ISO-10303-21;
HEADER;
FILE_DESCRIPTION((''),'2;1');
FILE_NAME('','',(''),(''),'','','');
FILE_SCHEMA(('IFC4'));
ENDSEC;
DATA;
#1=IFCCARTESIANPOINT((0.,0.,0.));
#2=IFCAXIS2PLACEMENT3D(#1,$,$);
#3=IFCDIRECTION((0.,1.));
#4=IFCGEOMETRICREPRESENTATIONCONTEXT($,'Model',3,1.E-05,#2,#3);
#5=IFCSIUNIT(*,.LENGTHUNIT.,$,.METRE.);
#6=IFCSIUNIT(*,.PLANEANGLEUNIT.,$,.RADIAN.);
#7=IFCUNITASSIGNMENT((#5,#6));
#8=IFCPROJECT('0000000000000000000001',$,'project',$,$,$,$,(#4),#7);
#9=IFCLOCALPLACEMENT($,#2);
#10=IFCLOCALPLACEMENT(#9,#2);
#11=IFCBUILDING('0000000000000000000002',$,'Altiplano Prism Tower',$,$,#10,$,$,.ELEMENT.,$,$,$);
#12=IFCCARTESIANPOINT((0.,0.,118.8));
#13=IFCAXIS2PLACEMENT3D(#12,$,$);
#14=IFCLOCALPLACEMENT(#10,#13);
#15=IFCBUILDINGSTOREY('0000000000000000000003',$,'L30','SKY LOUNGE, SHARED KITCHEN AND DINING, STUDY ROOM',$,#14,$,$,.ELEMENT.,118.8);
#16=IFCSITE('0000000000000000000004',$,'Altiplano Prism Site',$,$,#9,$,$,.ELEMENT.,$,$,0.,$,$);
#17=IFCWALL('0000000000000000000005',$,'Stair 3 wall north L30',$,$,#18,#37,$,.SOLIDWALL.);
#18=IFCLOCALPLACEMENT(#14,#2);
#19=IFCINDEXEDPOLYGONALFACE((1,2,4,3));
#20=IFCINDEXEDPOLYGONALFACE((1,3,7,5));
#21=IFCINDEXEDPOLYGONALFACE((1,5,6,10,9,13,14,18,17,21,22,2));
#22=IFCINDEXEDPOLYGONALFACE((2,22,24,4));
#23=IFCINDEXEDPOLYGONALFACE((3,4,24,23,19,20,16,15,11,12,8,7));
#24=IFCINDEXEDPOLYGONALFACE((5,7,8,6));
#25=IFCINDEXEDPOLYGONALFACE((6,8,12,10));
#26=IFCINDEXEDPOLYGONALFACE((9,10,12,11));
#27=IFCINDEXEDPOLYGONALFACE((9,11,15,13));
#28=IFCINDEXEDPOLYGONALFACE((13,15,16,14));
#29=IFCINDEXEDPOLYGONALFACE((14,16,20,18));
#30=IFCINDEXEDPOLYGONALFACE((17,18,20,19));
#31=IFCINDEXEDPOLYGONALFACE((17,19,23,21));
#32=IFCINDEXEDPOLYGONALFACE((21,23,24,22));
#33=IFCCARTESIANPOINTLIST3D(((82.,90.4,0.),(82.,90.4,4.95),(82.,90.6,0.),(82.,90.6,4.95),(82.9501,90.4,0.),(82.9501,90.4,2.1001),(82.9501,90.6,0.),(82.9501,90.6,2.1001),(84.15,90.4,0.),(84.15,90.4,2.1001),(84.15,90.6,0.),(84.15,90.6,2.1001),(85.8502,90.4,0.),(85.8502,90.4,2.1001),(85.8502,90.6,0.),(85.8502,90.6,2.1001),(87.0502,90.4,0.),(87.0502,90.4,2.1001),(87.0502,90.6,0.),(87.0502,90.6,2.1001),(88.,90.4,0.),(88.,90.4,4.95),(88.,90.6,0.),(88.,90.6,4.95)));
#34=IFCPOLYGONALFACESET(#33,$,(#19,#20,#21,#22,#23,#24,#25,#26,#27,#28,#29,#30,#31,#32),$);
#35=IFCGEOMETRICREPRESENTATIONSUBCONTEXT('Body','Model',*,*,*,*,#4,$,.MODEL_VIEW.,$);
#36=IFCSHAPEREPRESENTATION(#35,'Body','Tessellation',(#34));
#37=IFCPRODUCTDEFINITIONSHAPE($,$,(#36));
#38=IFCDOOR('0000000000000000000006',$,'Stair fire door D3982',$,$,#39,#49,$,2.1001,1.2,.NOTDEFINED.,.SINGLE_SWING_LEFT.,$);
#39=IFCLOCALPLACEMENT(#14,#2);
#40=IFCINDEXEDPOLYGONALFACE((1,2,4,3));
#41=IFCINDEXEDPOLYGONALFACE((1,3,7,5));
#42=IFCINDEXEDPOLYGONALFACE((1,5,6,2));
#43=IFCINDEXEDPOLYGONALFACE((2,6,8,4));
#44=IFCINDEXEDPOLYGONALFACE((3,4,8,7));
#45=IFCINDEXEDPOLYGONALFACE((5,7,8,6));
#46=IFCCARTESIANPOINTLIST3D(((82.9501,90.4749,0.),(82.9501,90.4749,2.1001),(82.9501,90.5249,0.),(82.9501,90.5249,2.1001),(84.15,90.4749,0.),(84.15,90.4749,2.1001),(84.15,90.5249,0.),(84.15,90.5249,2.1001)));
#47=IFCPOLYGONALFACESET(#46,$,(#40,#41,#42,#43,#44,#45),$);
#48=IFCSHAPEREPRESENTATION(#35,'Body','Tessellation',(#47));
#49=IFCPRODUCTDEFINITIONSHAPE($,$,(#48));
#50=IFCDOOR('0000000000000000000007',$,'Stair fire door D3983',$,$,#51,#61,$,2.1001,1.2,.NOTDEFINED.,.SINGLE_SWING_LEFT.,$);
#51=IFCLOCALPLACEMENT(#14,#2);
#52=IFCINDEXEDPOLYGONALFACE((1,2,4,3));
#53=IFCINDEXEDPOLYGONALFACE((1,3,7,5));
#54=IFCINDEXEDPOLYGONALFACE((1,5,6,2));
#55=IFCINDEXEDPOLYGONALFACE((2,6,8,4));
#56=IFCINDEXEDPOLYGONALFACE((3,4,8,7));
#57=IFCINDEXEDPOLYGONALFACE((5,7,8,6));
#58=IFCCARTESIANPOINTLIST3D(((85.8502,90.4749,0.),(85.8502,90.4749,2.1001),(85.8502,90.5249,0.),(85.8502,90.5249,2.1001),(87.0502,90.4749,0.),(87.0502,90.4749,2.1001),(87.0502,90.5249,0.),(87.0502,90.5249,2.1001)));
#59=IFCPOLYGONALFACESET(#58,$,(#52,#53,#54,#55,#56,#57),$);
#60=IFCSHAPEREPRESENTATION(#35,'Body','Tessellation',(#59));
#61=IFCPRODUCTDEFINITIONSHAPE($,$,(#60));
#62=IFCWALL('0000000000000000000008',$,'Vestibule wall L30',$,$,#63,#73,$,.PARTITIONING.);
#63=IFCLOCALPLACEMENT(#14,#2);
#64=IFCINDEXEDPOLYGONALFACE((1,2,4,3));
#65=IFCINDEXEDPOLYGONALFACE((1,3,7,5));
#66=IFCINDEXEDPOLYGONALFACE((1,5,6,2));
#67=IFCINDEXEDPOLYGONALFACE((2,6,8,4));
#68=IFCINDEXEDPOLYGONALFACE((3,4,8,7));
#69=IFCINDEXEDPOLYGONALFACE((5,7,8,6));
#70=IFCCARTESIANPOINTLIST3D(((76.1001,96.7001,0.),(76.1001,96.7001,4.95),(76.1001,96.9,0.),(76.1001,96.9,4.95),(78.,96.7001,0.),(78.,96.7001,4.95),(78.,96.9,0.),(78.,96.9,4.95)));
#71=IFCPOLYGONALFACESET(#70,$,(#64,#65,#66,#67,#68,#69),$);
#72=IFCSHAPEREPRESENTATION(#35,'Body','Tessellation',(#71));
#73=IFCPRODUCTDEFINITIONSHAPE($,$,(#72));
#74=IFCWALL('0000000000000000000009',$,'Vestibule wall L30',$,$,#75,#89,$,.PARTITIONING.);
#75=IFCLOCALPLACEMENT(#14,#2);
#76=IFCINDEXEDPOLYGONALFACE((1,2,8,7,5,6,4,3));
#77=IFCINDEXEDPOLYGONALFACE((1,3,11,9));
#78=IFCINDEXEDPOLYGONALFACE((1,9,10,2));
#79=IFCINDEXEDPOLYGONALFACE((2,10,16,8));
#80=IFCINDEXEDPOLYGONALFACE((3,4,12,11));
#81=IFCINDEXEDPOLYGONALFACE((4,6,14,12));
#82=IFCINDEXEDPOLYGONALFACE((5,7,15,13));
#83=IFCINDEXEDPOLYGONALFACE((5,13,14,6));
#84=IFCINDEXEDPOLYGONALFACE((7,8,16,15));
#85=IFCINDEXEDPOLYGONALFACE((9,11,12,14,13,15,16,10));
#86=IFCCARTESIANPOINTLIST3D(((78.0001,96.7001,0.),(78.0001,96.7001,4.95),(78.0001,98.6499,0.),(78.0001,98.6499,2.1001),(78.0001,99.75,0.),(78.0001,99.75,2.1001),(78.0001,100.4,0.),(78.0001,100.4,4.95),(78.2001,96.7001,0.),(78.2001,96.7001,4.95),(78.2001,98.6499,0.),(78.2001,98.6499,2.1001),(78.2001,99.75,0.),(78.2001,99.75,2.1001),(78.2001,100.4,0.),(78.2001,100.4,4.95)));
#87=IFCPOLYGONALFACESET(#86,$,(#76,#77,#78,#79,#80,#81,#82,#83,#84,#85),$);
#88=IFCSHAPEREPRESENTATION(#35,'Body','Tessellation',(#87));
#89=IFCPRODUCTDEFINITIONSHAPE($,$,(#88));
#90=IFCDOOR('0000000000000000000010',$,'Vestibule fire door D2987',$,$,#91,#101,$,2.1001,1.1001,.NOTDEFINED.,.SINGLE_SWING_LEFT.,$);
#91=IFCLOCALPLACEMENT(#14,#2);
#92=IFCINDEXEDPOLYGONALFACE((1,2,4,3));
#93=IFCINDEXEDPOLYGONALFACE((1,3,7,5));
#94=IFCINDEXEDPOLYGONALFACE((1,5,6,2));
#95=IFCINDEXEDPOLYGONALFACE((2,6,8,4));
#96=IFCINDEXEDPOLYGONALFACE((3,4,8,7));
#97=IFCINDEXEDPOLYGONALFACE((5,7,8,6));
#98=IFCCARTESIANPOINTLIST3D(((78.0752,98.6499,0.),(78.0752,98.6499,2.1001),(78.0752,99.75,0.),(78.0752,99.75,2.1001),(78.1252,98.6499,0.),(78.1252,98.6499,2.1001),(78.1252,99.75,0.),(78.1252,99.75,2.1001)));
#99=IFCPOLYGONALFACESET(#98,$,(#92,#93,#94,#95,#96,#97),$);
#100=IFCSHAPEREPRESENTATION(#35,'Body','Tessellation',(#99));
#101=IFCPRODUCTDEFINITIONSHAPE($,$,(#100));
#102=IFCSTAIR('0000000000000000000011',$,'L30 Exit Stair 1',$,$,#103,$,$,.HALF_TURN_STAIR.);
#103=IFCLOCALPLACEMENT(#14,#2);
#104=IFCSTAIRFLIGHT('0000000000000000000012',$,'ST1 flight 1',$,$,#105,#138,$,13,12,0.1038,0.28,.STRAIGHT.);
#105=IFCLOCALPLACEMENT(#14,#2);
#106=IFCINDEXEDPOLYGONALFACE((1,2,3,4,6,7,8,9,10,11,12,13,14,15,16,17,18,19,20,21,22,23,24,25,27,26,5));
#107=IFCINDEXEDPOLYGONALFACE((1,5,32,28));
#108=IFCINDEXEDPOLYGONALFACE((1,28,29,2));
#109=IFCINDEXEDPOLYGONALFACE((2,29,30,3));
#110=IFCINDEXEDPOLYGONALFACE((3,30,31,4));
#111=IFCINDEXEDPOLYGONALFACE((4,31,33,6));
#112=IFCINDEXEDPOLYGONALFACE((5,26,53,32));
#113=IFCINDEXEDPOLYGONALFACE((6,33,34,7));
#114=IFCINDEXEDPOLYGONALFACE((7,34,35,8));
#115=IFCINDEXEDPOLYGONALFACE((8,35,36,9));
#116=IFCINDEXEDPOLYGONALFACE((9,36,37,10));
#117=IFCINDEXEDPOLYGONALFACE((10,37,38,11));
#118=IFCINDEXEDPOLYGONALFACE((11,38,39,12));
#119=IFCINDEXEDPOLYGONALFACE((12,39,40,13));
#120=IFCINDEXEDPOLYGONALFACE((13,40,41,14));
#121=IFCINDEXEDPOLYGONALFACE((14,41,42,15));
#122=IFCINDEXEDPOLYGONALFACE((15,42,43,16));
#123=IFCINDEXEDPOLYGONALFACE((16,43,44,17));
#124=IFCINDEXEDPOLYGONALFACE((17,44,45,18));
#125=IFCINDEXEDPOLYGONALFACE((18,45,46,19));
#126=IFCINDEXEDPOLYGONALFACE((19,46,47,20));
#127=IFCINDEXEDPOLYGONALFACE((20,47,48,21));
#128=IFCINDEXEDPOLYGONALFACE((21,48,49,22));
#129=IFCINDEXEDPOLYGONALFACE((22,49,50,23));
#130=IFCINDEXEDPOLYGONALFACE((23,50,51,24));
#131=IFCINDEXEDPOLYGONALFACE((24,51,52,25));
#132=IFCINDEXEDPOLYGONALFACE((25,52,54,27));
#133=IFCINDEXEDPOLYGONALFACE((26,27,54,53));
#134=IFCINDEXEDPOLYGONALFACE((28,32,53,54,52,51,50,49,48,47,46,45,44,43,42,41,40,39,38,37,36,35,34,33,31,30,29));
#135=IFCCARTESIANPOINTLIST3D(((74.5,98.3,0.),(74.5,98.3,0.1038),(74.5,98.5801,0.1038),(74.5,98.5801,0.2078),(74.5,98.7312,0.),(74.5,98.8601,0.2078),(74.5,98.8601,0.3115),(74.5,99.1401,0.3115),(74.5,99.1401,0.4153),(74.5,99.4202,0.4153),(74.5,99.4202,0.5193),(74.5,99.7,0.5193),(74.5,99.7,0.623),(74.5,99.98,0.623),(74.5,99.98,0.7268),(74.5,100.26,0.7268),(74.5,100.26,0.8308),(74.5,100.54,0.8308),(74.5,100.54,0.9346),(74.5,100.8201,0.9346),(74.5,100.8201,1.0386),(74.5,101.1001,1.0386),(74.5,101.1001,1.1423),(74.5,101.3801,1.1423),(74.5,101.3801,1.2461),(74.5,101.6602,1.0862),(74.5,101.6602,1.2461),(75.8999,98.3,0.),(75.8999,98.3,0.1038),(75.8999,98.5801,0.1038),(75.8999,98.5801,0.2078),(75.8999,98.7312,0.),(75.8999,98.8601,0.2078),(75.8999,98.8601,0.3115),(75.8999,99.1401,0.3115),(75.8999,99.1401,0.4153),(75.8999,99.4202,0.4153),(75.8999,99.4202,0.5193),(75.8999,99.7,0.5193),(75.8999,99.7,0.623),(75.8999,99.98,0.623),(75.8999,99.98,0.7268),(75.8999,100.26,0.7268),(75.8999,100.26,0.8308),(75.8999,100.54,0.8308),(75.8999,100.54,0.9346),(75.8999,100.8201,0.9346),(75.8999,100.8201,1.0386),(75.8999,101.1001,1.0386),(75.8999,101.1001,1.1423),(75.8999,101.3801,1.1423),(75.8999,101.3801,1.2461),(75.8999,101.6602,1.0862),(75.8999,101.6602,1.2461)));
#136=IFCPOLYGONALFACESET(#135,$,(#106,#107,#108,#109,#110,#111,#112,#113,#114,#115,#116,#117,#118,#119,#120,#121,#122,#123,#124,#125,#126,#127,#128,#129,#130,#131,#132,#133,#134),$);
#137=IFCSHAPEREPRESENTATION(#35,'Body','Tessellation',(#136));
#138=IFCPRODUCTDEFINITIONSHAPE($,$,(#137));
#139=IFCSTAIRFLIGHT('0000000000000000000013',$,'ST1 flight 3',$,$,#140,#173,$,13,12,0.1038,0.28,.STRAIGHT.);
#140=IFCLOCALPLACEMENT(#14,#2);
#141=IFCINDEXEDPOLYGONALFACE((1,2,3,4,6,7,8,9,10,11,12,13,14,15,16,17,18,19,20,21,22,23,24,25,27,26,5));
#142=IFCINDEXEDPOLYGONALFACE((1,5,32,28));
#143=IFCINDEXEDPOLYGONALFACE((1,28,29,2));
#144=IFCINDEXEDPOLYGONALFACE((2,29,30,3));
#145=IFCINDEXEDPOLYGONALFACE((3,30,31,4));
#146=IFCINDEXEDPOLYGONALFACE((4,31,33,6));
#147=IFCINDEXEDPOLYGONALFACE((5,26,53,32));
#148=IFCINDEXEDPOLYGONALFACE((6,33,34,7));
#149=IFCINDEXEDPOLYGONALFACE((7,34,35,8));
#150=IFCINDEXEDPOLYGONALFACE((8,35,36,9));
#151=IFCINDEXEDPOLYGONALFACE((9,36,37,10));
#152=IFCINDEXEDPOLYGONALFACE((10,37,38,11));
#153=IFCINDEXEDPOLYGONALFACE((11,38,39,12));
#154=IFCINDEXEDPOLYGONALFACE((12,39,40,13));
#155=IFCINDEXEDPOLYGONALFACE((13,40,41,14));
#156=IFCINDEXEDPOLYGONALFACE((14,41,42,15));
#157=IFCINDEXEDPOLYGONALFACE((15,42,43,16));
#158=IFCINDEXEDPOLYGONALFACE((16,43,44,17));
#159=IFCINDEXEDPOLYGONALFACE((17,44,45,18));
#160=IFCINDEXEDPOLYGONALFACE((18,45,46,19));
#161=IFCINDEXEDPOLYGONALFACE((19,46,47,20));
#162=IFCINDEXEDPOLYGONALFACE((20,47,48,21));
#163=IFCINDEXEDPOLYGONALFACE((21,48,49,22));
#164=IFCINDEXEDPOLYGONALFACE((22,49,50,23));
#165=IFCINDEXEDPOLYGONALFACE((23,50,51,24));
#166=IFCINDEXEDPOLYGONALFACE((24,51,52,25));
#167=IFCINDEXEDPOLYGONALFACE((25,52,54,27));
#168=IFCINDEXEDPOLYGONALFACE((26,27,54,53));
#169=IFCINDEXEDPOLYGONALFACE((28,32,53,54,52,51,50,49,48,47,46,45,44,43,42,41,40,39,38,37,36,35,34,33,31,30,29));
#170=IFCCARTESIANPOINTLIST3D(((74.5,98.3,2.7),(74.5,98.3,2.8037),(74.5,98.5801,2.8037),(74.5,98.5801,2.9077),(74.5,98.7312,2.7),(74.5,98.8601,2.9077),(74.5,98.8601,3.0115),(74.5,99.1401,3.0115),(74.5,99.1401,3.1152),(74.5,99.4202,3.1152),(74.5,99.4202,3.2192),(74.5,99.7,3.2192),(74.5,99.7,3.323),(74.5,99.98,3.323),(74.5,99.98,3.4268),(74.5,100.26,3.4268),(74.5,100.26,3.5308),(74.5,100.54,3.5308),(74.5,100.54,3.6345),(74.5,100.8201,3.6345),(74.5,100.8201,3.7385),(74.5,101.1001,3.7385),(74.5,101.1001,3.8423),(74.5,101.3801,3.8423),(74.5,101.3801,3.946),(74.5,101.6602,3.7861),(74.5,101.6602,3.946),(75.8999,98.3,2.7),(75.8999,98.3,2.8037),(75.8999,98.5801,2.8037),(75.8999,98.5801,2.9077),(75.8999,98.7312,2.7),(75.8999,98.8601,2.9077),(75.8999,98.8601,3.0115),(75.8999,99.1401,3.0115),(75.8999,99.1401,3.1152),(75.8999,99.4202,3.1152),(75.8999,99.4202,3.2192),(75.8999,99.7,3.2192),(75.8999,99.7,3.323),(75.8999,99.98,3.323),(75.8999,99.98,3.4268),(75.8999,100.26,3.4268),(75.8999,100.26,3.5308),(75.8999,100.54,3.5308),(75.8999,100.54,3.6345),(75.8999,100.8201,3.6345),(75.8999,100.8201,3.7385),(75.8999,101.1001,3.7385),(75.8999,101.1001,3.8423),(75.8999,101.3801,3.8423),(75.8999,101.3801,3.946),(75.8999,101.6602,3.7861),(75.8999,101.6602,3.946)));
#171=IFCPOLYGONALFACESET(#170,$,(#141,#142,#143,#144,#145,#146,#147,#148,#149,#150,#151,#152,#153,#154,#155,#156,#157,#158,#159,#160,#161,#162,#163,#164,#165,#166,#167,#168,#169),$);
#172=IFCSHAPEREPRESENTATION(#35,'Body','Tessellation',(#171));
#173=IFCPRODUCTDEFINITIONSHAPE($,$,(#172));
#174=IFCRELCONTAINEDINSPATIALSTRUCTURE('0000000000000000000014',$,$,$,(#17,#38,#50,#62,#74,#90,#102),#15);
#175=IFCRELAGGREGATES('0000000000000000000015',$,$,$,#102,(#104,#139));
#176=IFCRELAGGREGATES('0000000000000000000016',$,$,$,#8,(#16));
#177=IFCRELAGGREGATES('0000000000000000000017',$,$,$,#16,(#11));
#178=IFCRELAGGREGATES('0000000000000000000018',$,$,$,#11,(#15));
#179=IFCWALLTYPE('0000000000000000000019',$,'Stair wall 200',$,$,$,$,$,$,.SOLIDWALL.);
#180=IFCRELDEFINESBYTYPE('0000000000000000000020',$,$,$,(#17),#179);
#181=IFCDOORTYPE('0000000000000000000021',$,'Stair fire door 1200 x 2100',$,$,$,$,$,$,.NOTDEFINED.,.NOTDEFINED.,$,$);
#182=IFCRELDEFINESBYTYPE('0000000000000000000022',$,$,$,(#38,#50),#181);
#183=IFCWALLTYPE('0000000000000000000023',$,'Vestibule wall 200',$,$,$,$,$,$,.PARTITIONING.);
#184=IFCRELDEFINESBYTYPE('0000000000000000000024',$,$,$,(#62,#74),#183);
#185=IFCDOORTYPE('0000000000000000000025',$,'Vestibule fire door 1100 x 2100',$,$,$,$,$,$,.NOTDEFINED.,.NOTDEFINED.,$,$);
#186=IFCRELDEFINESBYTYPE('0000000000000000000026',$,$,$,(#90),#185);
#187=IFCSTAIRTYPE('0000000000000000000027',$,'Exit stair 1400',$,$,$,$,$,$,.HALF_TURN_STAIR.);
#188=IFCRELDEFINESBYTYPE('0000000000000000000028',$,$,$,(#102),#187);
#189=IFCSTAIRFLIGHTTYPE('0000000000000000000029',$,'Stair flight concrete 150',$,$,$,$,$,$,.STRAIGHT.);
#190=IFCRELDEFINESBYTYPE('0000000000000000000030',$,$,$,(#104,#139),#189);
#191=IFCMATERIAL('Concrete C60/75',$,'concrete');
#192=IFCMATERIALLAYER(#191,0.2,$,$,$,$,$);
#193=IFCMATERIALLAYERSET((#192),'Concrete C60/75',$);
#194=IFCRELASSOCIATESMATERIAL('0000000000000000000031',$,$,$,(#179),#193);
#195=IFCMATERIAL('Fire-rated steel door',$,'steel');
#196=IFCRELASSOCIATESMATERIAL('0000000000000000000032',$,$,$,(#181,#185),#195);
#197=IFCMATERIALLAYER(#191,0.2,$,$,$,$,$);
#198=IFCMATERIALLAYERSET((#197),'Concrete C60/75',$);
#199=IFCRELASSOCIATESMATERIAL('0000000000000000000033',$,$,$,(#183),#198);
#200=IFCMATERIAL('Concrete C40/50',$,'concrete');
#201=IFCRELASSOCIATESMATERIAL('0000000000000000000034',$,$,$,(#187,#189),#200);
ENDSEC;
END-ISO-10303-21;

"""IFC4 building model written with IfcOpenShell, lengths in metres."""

from ifc_helpers import new_model, si_unit, direction, frame, frame_2d, origin, place, context, subcontext, project, spatial, polyline, rectangle, outline, extrude, material, layer, layer_set, type_object, element, fill, aggregate, save


model = new_model("IFC4")

# Units and contexts
model_context = context("Model", 3, precision=1e-05, world=origin(), true_north=direction((0.0, 1.0)))
body_context = subcontext(model_context, "Body", "Model", "MODEL_VIEW")
ifc_project = project(units=[si_unit("LENGTHUNIT", "METRE"), si_unit("PLANEANGLEUNIT", "RADIAN")], contexts=[model_context])

# Site, building, storey
site_placement = place(None, origin())
site = spatial("IfcSite", under=ifc_project, at=site_placement, Name="Altiplano Prism Site", CompositionType="ELEMENT", RefElevation=0.0)
building_placement = place(site_placement, origin())
building = spatial("IfcBuilding", under=site, at=building_placement, Name="Altiplano Prism Tower", CompositionType="ELEMENT")
storey_placement = place(building_placement, frame((0.0, 0.0, 118.8)))
storey = spatial("IfcBuildingStorey", under=building, at=storey_placement, Name="L30", Description="SKY LOUNGE, SHARED KITCHEN AND DINING, STUDY ROOM", CompositionType="ELEMENT", Elevation=118.8)

# Shared definitions
ifc_material_1 = material(Name="Concrete C60/75", Category="concrete")

# Shared definitions
ifc_layer_1 = layer(ifc_material_1, 0.2)
ifc_layer_set_1 = layer_set([ifc_layer_1], Name="Concrete C60/75")
wall_type_1 = type_object("IfcWallType", Name="Stair wall 200", PredefinedType="SOLIDWALL", material=ifc_layer_set_1)

# Shared definitions
ifc_material_2 = material(Name="Fire-rated steel door", Category="steel")

# Wall, openings, doors
wall_1_placement = place(storey_placement, frame((82.0, 90.5, 0.0), z_axis=(0.0, 0.0, 1.0), x_axis=(1.0, 0.0, 0.0)))
wall_1 = element("IfcWall", 1, at=wall_1_placement, inside=storey, type_object=wall_type_1, Name="Stair 3 wall north L30", PredefinedType="SOLIDWALL", context=body_context, shape_type="SweptSolid", body=[
    extrude(rectangle(XDim=6.0, YDim=0.2, at=frame_2d((3.0, 0.0))), origin(), (0.0, 0.0, 1.0), 4.95),
])
opening_1_placement = place(wall_1_placement, frame((0.95, 0.0, 0.0)))
opening_1 = element("IfcOpeningElement", 2, at=opening_1_placement, cuts=wall_1, PredefinedType="OPENING", context=body_context, shape_type="SweptSolid", body=[
    extrude(rectangle(XDim=1.2, YDim=2.1001, at=frame_2d((0.6001, 1.05))), frame((0.0, 0.1104, 0.0), z_axis=(0.0, -1.0, 0.0), x_axis=(1.0, 0.0, 0.0)), (0.0, 0.0, 1.0), 0.2209),
])
opening_2_placement = place(wall_1_placement, frame((3.8501, 0.0, 0.0)))
opening_2 = element("IfcOpeningElement", 3, at=opening_2_placement, cuts=wall_1, PredefinedType="OPENING", context=body_context, shape_type="SweptSolid", body=[
    extrude(rectangle(XDim=1.2, YDim=2.1001, at=frame_2d((0.6001, 1.05))), frame((0.0, 0.1104, 0.0), z_axis=(0.0, -1.0, 0.0), x_axis=(1.0, 0.0, 0.0)), (0.0, 0.0, 1.0), 0.2209),
])
door_type_1 = type_object("IfcDoorType", Name="Stair fire door 1200 x 2100", OperationType="NOTDEFINED", PredefinedType="NOTDEFINED", material=ifc_material_2)
door_1_placement = place(opening_1_placement, origin())
door_1 = element("IfcDoor", 4, at=door_1_placement, inside=storey, type_object=door_type_1, Name="Stair fire door D3982", OperationType="SINGLE_SWING_LEFT", OverallHeight=2.1001, OverallWidth=1.2, PredefinedType="NOTDEFINED", context=body_context, shape_type="SweptSolid", body=[
    extrude(rectangle(XDim=1.2, YDim=2.1001, at=frame_2d((0.6001, 1.05))), frame((0.0, 0.0249, 0.0), z_axis=(0.0, -1.0, 0.0), x_axis=(1.0, 0.0, 0.0)), (0.0, 0.0, 1.0), 0.05),
])
fill(opening_1, door_1)
door_2_placement = place(opening_2_placement, origin())
door_2 = element("IfcDoor", 5, at=door_2_placement, inside=storey, type_object=door_type_1, Name="Stair fire door D3983", OperationType="SINGLE_SWING_LEFT", OverallHeight=2.1001, OverallWidth=1.2, PredefinedType="NOTDEFINED", context=body_context, shape_type="SweptSolid", body=[
    extrude(rectangle(XDim=1.2, YDim=2.1001, at=frame_2d((0.6001, 1.05))), frame((0.0, 0.0249, 0.0), z_axis=(0.0, -1.0, 0.0), x_axis=(1.0, 0.0, 0.0)), (0.0, 0.0, 1.0), 0.05),
])
fill(opening_2, door_2)

# Wall
ifc_layer_2 = layer(ifc_material_1, 0.2)
ifc_layer_set_2 = layer_set([ifc_layer_2], Name="Concrete C60/75")
wall_type_2 = type_object("IfcWallType", Name="Vestibule wall 200", PredefinedType="PARTITIONING", material=ifc_layer_set_2)
wall_2_placement = place(storey_placement, frame((76.1001, 96.8, 0.0), z_axis=(0.0, 0.0, 1.0), x_axis=(1.0, 0.0, 0.0)))
element("IfcWall", 6, at=wall_2_placement, inside=storey, type_object=wall_type_2, Name="Vestibule wall L30", PredefinedType="PARTITIONING", context=body_context, shape_type="SweptSolid", body=[
    extrude(rectangle(XDim=1.8999, YDim=0.2, at=frame_2d((0.95, 0.0))), origin(), (0.0, 0.0, 1.0), 4.95),
])

# Wall, opening, door
wall_3_placement = place(storey_placement, frame((78.1001, 96.7, 0.0), z_axis=(0.0, 0.0, 1.0), x_axis=(0.0, 1.0, 0.0)))
wall_3 = element("IfcWall", 7, at=wall_3_placement, inside=storey, type_object=wall_type_2, Name="Vestibule wall L30", PredefinedType="PARTITIONING", context=body_context, shape_type="SweptSolid", body=[
    extrude(rectangle(XDim=3.7, YDim=0.2, at=frame_2d((1.8501, 0.0))), origin(), (0.0, 0.0, 1.0), 4.95),
])
opening_3_placement = place(wall_3_placement, frame((1.95, 0.0, 0.0)))
opening_3 = element("IfcOpeningElement", 8, at=opening_3_placement, cuts=wall_3, PredefinedType="OPENING", context=body_context, shape_type="SweptSolid", body=[
    extrude(rectangle(XDim=1.1001, YDim=2.1001, at=frame_2d((0.55, 1.05))), frame((0.0, 0.1104, 0.0), z_axis=(0.0, -1.0, 0.0), x_axis=(1.0, 0.0, 0.0)), (0.0, 0.0, 1.0), 0.2209),
])
door_type_2 = type_object("IfcDoorType", Name="Vestibule fire door 1100 x 2100", OperationType="NOTDEFINED", PredefinedType="NOTDEFINED", material=ifc_material_2)
door_3_placement = place(opening_3_placement, origin())
door_3 = element("IfcDoor", 9, at=door_3_placement, inside=storey, type_object=door_type_2, Name="Vestibule fire door D2987", OperationType="SINGLE_SWING_LEFT", OverallHeight=2.1001, OverallWidth=1.1001, PredefinedType="NOTDEFINED", context=body_context, shape_type="SweptSolid", body=[
    extrude(rectangle(XDim=1.1001, YDim=2.1001, at=frame_2d((0.55, 1.05))), frame((0.0, 0.0249, 0.0), z_axis=(0.0, -1.0, 0.0), x_axis=(1.0, 0.0, 0.0)), (0.0, 0.0, 1.0), 0.05),
])
fill(opening_3, door_3)

# Stair, stair flights
ifc_material_3 = material(Name="Concrete C40/50", Category="concrete")
stair_type = type_object("IfcStairType", Name="Exit stair 1400", PredefinedType="HALF_TURN_STAIR", material=ifc_material_3)
stair_placement = place(storey_placement, origin())
stair = element("IfcStair", 10, at=stair_placement, inside=storey, type_object=stair_type, Name="L30 Exit Stair 1", PredefinedType="HALF_TURN_STAIR")
stair_flight_type = type_object("IfcStairFlightType", Name="Stair flight concrete 150", PredefinedType="STRAIGHT", material=ifc_material_3)
stair_flight_1_placement = place(storey_placement, frame((75.2, 98.3, 0.0), z_axis=(0.0, 0.0, 1.0), x_axis=(0.0, 1.0, 0.0)))
stair_flight_1 = element("IfcStairFlight", 11, at=stair_flight_1_placement, type_object=stair_flight_type, Name="ST1 flight 1", NumberOfRisers=13, NumberOfTreads=12, PredefinedType="STRAIGHT", RiserHeight=0.1038, TreadLength=0.28, context=body_context, shape_type="SweptSolid", body=[
    extrude(outline(polyline([(0.0, 0.0), (0.0, 0.1038), (0.28, 0.1038), (0.28, 0.2078), (0.5601, 0.2078), (0.5601, 0.3115), (0.8401, 0.3115), (0.8401, 0.4153), (1.1201, 0.4153), (1.1201, 0.5193), (1.3999, 0.5193), (1.3999, 0.623), (1.6799, 0.623), (1.6799, 0.7268), (1.96, 0.7268), (1.96, 0.8308), (2.24, 0.8308), (2.24, 0.9346), (2.52, 0.9346), (2.52, 1.0386), (2.8, 1.0386), (2.8, 1.1423), (3.0801, 1.1423), (3.0801, 1.2461), (3.3601, 1.2461), (3.3601, 1.3501), (3.3601, 1.0862), (0.4312, 0.0), (0.0, 0.0)])), frame((0.0, 0.7, 0.0), z_axis=(0.0, -1.0, 0.0), x_axis=(1.0, 0.0, 0.0)), (0.0, 0.0, 1.0), 1.3999),
])
stair_flight_2_placement = place(storey_placement, frame((75.2, 98.3, 2.7), z_axis=(0.0, 0.0, 1.0), x_axis=(0.0, 1.0, 0.0)))
stair_flight_2 = element("IfcStairFlight", 12, at=stair_flight_2_placement, type_object=stair_flight_type, Name="ST1 flight 3", NumberOfRisers=13, NumberOfTreads=12, PredefinedType="STRAIGHT", RiserHeight=0.1038, TreadLength=0.28, context=body_context, shape_type="SweptSolid", body=[
    extrude(outline(polyline([(0.0, 0.0), (0.0, 0.1038), (0.28, 0.1038), (0.28, 0.2078), (0.5601, 0.2078), (0.5601, 0.3115), (0.8401, 0.3115), (0.8401, 0.4153), (1.1201, 0.4153), (1.1201, 0.5193), (1.3999, 0.5193), (1.3999, 0.623), (1.6799, 0.623), (1.6799, 0.7268), (1.96, 0.7268), (1.96, 0.8308), (2.24, 0.8308), (2.24, 0.9346), (2.52, 0.9346), (2.52, 1.0386), (2.8, 1.0386), (2.8, 1.1423), (3.0801, 1.1423), (3.0801, 1.2461), (3.3601, 1.2461), (3.3601, 1.3501), (3.3601, 1.0862), (0.4312, 0.0), (0.0, 0.0)])), frame((0.0, 0.7, 0.0), z_axis=(0.0, -1.0, 0.0), x_axis=(1.0, 0.0, 0.0)), (0.0, 0.0, 1.0), 1.3999),
])
aggregate(stair, [stair_flight_1, stair_flight_2])

save(model, "model.ifc")
